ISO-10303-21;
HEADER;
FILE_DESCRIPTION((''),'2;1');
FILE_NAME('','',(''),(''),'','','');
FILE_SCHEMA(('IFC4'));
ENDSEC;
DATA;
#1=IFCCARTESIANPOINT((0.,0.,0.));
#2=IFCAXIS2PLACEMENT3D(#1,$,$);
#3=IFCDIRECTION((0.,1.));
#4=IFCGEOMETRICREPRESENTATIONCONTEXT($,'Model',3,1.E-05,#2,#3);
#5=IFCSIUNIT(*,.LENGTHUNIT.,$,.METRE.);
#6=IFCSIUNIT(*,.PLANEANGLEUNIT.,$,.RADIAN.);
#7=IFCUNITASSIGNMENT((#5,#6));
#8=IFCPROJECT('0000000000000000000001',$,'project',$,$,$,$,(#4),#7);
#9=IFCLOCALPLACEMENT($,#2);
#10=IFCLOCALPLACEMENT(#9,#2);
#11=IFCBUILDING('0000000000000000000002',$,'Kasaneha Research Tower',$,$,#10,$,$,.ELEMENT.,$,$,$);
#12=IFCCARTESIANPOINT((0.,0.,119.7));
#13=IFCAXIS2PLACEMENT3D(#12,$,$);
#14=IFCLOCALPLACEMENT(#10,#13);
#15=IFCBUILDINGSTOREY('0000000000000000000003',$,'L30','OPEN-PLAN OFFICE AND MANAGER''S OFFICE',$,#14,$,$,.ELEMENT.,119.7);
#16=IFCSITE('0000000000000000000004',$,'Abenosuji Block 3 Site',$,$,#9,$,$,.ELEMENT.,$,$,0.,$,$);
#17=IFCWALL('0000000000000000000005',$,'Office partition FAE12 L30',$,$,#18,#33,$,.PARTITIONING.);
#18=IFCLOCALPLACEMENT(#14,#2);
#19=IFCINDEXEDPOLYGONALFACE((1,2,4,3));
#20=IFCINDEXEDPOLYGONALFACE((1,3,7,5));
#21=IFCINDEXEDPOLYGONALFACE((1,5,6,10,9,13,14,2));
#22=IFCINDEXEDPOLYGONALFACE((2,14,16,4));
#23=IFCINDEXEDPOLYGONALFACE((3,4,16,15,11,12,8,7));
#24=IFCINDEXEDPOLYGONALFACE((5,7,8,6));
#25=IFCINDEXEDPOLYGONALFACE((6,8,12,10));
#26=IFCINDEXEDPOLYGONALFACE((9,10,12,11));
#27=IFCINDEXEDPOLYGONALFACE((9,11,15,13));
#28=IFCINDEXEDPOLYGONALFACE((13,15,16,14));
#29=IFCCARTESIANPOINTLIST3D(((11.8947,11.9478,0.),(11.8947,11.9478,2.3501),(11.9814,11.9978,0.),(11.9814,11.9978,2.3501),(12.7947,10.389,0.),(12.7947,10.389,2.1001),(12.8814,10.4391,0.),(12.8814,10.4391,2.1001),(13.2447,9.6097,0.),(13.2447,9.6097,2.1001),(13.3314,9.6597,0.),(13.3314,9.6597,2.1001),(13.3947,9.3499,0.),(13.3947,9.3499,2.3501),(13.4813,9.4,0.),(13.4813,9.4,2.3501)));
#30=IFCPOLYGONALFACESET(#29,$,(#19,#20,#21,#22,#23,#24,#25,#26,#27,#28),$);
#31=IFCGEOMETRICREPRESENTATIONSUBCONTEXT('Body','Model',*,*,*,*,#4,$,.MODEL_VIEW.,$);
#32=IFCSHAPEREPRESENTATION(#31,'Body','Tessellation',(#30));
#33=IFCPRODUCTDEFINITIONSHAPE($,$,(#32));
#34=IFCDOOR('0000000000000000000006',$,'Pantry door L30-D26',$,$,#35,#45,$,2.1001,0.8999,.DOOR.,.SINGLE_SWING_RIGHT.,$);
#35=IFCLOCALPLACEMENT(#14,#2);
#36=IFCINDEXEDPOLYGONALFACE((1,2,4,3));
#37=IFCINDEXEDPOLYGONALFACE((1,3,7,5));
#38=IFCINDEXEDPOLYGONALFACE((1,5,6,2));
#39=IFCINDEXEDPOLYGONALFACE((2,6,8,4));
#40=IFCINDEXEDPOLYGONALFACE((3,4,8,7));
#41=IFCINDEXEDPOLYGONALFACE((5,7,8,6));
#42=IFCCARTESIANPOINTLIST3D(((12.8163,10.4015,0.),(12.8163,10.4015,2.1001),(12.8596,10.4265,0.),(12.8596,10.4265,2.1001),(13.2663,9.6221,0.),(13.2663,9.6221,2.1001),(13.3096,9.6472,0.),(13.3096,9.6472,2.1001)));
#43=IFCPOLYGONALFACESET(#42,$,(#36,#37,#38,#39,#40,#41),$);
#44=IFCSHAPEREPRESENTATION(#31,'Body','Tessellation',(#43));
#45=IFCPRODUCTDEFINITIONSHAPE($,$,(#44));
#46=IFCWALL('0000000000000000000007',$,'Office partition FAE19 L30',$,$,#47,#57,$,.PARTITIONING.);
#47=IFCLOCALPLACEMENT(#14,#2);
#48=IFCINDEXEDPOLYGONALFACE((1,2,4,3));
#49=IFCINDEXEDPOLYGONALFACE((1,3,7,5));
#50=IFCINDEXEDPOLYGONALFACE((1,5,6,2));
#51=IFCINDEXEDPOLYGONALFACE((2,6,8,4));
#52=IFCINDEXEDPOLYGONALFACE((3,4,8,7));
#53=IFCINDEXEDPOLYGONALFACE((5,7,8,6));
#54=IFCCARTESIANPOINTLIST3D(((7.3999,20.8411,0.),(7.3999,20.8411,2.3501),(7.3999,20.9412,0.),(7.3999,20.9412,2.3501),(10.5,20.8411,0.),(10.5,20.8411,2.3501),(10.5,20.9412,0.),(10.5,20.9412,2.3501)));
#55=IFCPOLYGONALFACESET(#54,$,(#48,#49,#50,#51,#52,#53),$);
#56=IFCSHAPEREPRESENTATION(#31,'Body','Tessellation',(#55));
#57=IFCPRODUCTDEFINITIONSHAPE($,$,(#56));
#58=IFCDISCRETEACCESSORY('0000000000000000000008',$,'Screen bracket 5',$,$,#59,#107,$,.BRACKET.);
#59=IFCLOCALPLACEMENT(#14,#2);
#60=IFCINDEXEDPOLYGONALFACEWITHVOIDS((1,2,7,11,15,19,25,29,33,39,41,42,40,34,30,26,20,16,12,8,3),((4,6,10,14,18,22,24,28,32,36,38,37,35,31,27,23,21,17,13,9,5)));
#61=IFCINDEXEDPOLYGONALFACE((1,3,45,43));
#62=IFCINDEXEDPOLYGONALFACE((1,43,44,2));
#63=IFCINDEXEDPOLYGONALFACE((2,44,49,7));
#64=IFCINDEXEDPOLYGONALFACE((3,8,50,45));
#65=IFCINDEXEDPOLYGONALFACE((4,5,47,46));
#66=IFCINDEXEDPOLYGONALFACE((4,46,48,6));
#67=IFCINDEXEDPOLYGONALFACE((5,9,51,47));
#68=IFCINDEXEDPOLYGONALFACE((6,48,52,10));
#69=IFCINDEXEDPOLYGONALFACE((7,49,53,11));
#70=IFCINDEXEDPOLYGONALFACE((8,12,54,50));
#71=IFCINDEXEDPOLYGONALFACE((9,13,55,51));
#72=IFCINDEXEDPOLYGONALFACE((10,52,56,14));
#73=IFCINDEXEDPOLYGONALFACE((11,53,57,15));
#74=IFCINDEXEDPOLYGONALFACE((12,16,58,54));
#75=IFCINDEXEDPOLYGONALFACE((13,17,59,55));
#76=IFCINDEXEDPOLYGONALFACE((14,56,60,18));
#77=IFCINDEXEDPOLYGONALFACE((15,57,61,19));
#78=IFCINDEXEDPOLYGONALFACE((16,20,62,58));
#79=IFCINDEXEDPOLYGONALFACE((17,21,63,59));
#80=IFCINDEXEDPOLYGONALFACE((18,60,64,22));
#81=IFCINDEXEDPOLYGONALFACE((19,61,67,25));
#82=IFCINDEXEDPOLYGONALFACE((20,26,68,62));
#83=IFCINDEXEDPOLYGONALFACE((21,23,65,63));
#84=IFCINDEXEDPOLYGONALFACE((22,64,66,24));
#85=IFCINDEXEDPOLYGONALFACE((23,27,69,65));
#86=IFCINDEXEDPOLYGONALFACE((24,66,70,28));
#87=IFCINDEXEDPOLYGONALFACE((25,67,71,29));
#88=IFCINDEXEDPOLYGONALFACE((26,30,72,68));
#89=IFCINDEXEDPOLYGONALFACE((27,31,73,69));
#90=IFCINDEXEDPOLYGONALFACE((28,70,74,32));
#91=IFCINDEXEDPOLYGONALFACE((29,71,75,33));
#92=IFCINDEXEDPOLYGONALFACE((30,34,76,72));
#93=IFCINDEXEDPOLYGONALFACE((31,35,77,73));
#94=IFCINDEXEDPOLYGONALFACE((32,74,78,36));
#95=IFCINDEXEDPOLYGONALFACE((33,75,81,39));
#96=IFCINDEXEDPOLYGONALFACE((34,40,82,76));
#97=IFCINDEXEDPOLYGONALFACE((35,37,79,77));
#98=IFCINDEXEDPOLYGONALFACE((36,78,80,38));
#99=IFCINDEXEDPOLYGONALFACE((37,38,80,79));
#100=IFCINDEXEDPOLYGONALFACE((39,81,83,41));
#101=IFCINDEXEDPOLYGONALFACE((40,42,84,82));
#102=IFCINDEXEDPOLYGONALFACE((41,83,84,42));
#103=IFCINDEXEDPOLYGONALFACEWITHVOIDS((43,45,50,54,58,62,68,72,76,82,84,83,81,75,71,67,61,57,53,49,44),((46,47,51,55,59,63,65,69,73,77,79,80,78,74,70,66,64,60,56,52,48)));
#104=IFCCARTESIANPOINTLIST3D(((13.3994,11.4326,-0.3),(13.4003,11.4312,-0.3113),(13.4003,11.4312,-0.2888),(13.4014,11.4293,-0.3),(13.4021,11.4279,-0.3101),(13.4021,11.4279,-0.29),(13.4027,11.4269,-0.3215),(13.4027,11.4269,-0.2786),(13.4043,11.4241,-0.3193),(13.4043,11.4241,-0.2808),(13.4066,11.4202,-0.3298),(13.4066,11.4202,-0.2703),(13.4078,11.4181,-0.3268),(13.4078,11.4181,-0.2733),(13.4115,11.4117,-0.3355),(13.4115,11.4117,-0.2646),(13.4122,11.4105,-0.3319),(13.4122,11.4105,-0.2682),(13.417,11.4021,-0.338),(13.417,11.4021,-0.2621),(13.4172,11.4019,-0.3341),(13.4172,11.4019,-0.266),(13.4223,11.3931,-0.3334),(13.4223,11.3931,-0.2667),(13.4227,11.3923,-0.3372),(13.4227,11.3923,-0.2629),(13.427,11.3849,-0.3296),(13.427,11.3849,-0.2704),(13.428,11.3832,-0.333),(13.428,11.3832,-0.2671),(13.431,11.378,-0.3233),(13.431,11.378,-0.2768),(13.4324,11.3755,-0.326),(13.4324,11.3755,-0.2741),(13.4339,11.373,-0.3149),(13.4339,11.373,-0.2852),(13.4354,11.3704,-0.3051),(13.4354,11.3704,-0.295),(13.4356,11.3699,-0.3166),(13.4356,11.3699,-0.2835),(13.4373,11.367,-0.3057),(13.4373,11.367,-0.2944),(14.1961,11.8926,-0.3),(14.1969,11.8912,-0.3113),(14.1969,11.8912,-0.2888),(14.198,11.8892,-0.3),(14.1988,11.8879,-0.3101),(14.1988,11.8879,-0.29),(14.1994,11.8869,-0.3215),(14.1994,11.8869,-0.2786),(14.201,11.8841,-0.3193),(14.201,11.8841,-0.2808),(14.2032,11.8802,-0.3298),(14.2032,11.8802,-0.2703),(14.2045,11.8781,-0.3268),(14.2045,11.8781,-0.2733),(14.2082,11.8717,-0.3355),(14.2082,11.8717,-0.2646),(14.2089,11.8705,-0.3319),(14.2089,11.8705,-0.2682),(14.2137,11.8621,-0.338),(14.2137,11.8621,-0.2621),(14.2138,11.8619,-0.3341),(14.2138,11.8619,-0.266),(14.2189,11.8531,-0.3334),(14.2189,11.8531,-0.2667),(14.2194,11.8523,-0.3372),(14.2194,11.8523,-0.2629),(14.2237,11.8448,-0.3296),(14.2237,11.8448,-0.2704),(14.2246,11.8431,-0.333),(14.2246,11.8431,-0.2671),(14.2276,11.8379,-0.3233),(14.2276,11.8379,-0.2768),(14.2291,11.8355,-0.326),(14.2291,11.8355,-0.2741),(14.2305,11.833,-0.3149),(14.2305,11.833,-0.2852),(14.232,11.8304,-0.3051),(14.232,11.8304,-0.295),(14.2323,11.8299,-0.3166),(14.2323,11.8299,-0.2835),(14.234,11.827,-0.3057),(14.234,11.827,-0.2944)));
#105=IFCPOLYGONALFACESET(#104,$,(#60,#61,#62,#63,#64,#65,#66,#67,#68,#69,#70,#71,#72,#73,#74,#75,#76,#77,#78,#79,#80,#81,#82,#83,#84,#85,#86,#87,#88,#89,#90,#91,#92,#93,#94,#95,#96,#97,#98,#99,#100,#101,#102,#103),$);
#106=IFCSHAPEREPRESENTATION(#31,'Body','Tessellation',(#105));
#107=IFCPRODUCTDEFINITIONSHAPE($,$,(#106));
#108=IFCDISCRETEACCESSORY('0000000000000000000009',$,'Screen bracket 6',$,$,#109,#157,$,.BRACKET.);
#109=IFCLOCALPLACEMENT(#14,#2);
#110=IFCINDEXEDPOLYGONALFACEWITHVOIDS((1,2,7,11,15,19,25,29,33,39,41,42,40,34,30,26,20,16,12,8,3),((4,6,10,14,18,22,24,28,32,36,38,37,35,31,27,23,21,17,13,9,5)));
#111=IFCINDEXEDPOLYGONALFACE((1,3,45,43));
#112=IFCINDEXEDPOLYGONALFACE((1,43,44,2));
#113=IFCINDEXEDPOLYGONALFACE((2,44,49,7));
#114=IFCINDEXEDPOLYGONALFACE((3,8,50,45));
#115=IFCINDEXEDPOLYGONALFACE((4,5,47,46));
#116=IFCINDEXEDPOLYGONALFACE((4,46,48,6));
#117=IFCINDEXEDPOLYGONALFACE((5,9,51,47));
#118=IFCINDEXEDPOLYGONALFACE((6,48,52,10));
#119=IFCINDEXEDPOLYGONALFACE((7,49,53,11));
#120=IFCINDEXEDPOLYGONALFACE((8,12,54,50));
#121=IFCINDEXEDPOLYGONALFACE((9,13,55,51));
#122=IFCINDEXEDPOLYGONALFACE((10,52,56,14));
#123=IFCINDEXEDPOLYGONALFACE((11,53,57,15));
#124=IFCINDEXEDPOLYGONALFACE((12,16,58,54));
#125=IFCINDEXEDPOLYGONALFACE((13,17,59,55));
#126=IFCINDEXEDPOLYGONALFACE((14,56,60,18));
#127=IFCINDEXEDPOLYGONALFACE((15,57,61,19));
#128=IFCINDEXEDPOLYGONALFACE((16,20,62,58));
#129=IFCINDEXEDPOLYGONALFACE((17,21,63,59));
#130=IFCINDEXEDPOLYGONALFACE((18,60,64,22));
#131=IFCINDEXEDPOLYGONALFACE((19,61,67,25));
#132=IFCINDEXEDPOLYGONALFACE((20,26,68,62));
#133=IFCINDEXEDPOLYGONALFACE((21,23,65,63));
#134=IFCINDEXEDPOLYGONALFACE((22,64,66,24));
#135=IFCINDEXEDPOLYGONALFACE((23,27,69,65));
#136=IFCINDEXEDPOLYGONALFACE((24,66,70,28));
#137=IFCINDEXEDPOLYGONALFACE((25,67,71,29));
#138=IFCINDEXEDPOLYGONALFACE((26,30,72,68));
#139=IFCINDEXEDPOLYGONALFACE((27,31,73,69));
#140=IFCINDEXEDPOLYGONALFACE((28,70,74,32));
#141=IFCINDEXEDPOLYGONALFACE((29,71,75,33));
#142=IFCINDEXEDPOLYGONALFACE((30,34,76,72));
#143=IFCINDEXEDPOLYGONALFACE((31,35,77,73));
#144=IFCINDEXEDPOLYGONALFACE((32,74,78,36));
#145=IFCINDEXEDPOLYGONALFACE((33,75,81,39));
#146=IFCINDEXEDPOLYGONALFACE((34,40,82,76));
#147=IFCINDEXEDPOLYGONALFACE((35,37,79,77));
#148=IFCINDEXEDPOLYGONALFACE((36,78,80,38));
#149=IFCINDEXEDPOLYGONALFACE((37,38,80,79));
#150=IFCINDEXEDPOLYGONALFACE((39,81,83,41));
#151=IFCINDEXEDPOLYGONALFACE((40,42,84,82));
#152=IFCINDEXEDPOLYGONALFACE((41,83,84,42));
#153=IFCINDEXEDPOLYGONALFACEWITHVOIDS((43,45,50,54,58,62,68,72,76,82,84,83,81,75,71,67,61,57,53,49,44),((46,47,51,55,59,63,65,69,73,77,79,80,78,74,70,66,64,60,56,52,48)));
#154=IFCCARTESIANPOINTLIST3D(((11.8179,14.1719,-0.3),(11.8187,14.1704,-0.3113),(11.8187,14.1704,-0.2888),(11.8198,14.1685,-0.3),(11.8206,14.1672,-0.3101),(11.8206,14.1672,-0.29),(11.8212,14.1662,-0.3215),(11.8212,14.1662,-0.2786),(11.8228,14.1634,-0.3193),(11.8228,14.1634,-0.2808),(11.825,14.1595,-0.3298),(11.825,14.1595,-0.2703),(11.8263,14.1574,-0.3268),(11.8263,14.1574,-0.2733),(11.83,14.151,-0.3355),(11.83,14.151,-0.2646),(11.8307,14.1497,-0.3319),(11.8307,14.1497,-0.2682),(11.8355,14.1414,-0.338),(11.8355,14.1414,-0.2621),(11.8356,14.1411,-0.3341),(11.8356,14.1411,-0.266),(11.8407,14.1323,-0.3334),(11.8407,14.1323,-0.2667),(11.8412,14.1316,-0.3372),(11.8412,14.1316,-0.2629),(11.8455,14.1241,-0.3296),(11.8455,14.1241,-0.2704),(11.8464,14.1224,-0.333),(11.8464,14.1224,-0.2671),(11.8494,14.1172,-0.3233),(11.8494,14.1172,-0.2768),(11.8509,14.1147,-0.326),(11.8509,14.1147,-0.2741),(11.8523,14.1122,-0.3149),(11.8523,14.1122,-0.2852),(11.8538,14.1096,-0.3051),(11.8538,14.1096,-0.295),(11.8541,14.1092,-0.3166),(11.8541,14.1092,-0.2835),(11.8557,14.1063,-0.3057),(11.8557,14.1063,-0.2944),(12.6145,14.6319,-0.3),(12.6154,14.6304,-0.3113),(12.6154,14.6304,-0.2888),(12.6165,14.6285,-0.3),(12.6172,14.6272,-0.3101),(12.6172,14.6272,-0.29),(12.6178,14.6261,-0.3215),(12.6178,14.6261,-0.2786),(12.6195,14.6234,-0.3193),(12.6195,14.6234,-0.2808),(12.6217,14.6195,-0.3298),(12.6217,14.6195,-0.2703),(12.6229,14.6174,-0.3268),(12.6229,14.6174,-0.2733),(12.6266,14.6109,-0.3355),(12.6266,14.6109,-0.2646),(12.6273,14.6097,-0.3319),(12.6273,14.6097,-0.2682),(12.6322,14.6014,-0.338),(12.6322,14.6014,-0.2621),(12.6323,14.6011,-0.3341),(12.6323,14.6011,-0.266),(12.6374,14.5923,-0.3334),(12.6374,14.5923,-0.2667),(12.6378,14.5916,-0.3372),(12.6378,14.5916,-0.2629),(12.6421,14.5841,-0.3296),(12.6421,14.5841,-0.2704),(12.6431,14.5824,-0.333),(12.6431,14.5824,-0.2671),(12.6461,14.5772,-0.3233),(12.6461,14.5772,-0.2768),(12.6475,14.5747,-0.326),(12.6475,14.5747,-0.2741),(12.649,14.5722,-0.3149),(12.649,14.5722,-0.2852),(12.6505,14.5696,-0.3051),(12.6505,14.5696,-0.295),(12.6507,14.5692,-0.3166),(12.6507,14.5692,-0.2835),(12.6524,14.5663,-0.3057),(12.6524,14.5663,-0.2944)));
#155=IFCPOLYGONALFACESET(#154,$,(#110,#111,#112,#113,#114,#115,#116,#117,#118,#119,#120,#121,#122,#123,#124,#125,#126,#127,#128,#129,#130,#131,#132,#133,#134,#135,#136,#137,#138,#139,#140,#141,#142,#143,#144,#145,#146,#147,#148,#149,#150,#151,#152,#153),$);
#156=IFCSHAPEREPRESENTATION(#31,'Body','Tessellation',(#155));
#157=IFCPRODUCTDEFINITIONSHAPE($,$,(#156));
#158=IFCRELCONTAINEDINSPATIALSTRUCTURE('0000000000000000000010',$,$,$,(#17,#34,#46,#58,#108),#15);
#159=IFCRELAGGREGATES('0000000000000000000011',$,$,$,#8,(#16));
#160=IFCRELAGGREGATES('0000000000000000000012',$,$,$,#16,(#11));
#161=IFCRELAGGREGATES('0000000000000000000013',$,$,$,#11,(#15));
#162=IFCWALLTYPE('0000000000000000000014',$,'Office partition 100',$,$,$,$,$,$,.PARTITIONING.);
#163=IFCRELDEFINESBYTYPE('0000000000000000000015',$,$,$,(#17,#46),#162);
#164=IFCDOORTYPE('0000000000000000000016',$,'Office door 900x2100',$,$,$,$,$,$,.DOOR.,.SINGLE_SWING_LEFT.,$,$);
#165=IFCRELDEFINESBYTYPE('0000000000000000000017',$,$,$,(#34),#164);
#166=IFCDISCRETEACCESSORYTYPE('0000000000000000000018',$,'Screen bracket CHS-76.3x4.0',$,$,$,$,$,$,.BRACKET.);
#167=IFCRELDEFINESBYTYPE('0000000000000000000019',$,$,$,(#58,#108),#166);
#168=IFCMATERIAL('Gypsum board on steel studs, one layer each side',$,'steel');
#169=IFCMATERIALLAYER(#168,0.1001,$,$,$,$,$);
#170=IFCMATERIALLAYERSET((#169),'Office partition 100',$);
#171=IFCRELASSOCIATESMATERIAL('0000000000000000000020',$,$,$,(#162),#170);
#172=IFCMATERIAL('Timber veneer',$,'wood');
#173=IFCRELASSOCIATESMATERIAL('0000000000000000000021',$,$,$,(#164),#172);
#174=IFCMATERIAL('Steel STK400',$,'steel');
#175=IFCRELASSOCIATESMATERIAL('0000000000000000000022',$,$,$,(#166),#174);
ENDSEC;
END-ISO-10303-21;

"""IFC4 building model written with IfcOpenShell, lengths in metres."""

from ifc_helpers import new_model, si_unit, direction, frame, frame_2d, origin, origin_2d, place, context, subcontext, project, spatial, rectangle, hollow_circle, extrude, material, layer, layer_set, material_profile, profile_set, type_object, element, fill, save


model = new_model("IFC4")

# Units and contexts
model_context = context("Model", 3, precision=1e-05, world=origin(), true_north=direction((0.0, 1.0)))
body_context = subcontext(model_context, "Body", "Model", "MODEL_VIEW")
ifc_project = project(units=[si_unit("LENGTHUNIT", "METRE"), si_unit("PLANEANGLEUNIT", "RADIAN")], contexts=[model_context])

# Site, building, storey
site_placement = place(None, origin())
site = spatial("IfcSite", under=ifc_project, at=site_placement, Name="Abenosuji Block 3 Site", CompositionType="ELEMENT", RefElevation=0.0)
building_placement = place(site_placement, origin())
building = spatial("IfcBuilding", under=site, at=building_placement, Name="Kasaneha Research Tower", CompositionType="ELEMENT")
storey_placement = place(building_placement, frame((0.0, 0.0, 119.7)))
storey = spatial("IfcBuildingStorey", under=building, at=storey_placement, Name="L30", Description="OPEN-PLAN OFFICE AND MANAGER'S OFFICE", CompositionType="ELEMENT", Elevation=119.7)

# Wall, opening, door
ifc_material_1 = material(Name="Gypsum board on steel studs, one layer each side", Category="steel")
ifc_layer_1 = layer(ifc_material_1, 0.1001)
ifc_layer_set_1 = layer_set([ifc_layer_1], Name="Office partition 100")
wall_type = type_object("IfcWallType", Name="Office partition 100", PredefinedType="PARTITIONING", material=ifc_layer_set_1)
wall_1_placement = place(storey_placement, frame((11.938, 11.9729, 0.0), z_axis=(0.0, 0.0, 1.0), x_axis=(0.500025, -0.866011, 0.0)))
wall_1 = element("IfcWall", 1, at=wall_1_placement, inside=storey, type_object=wall_type, Name="Office partition FAE12 L30", PredefinedType="PARTITIONING", context=body_context, shape_type="SweptSolid", body=[
    extrude(rectangle(XDim=2.9998, YDim=0.1001, at=frame_2d((1.5, 0.0))), origin(), (0.0, 0.0, 1.0), 2.3501),
])
opening_placement = place(wall_1_placement, frame((1.8, 0.0, 0.0)))
opening = element("IfcOpeningElement", 2, at=opening_placement, cuts=wall_1, PredefinedType="OPENING", context=body_context, shape_type="SweptSolid", body=[
    extrude(rectangle(XDim=0.8999, YDim=2.1001, at=frame_2d((0.45, 1.05))), frame((0.0, 0.0601, 0.0), z_axis=(0.0, -1.0, 0.0), x_axis=(1.0, 0.0, 0.0)), (0.0, 0.0, 1.0), 0.1201),
])
ifc_material_2 = material(Name="Timber veneer", Category="wood")
door_type = type_object("IfcDoorType", Name="Office door 900x2100", OperationType="SINGLE_SWING_LEFT", PredefinedType="DOOR", material=ifc_material_2)
door_placement = place(opening_placement, origin())
door = element("IfcDoor", 3, at=door_placement, inside=storey, type_object=door_type, Name="Pantry door L30-D26", OperationType="SINGLE_SWING_RIGHT", OverallHeight=2.1001, OverallWidth=0.8999, PredefinedType="DOOR", context=body_context, shape_type="SweptSolid", body=[
    extrude(rectangle(XDim=0.8999, YDim=2.1001, at=frame_2d((0.45, 1.05))), frame((0.0, 0.0249, 0.0), z_axis=(0.0, -1.0, 0.0), x_axis=(1.0, 0.0, 0.0)), (0.0, 0.0, 1.0), 0.05),
])
fill(opening, door)

# Wall
wall_2_placement = place(storey_placement, frame((10.5, 20.8911, 0.0), z_axis=(0.0, 0.0, 1.0), x_axis=(-1.0, 0.0, 0.0)))
element("IfcWall", 4, at=wall_2_placement, inside=storey, type_object=wall_type, Name="Office partition FAE19 L30", PredefinedType="PARTITIONING", context=body_context, shape_type="SweptSolid", body=[
    extrude(rectangle(XDim=3.1001, YDim=0.1001, at=frame_2d((1.55, 0.0))), origin(), (0.0, 0.0, 1.0), 2.3501),
])

# Discrete accessories
ifc_material_3 = material(Name="Steel STK400", Category="steel")
ifc_material_profile_1 = material_profile(ifc_material_3, hollow_circle(Radius=0.0381, WallThickness=0.0039, at=origin_2d()), Name="CHS-76.3x4.0")
ifc_profile_set_1 = profile_set([ifc_material_profile_1], Name="Steel STK400")
discrete_accessory_type = type_object("IfcDiscreteAccessoryType", Name="Screen bracket CHS-76.3x4.0", PredefinedType="BRACKET", material=ifc_profile_set_1)
for number, where, z_axis, x_axis, name in (
    (5, (13.4185, 11.3997, -0.3), (0.866013, 0.500021, 0.0), (-0.500021, 0.866013, 0.0), "Screen bracket 5"),
    (6, (11.8369, 14.1389, -0.3), (0.866013, 0.500021, 0.0), (-0.500021, 0.866013, 0.0), "Screen bracket 6"),
):
    element("IfcDiscreteAccessory", number, at=place(storey_placement, frame(where, z_axis=z_axis, x_axis=x_axis)), inside=storey, type_object=discrete_accessory_type, Name=name, PredefinedType="BRACKET", context=body_context, shape_type="SweptSolid", body=[
        extrude(hollow_circle(Radius=0.0381, WallThickness=0.0039, at=origin_2d()), origin(), (0.0, 0.0, 1.0), 0.9199),
    ])

save(model, "model.ifc")
